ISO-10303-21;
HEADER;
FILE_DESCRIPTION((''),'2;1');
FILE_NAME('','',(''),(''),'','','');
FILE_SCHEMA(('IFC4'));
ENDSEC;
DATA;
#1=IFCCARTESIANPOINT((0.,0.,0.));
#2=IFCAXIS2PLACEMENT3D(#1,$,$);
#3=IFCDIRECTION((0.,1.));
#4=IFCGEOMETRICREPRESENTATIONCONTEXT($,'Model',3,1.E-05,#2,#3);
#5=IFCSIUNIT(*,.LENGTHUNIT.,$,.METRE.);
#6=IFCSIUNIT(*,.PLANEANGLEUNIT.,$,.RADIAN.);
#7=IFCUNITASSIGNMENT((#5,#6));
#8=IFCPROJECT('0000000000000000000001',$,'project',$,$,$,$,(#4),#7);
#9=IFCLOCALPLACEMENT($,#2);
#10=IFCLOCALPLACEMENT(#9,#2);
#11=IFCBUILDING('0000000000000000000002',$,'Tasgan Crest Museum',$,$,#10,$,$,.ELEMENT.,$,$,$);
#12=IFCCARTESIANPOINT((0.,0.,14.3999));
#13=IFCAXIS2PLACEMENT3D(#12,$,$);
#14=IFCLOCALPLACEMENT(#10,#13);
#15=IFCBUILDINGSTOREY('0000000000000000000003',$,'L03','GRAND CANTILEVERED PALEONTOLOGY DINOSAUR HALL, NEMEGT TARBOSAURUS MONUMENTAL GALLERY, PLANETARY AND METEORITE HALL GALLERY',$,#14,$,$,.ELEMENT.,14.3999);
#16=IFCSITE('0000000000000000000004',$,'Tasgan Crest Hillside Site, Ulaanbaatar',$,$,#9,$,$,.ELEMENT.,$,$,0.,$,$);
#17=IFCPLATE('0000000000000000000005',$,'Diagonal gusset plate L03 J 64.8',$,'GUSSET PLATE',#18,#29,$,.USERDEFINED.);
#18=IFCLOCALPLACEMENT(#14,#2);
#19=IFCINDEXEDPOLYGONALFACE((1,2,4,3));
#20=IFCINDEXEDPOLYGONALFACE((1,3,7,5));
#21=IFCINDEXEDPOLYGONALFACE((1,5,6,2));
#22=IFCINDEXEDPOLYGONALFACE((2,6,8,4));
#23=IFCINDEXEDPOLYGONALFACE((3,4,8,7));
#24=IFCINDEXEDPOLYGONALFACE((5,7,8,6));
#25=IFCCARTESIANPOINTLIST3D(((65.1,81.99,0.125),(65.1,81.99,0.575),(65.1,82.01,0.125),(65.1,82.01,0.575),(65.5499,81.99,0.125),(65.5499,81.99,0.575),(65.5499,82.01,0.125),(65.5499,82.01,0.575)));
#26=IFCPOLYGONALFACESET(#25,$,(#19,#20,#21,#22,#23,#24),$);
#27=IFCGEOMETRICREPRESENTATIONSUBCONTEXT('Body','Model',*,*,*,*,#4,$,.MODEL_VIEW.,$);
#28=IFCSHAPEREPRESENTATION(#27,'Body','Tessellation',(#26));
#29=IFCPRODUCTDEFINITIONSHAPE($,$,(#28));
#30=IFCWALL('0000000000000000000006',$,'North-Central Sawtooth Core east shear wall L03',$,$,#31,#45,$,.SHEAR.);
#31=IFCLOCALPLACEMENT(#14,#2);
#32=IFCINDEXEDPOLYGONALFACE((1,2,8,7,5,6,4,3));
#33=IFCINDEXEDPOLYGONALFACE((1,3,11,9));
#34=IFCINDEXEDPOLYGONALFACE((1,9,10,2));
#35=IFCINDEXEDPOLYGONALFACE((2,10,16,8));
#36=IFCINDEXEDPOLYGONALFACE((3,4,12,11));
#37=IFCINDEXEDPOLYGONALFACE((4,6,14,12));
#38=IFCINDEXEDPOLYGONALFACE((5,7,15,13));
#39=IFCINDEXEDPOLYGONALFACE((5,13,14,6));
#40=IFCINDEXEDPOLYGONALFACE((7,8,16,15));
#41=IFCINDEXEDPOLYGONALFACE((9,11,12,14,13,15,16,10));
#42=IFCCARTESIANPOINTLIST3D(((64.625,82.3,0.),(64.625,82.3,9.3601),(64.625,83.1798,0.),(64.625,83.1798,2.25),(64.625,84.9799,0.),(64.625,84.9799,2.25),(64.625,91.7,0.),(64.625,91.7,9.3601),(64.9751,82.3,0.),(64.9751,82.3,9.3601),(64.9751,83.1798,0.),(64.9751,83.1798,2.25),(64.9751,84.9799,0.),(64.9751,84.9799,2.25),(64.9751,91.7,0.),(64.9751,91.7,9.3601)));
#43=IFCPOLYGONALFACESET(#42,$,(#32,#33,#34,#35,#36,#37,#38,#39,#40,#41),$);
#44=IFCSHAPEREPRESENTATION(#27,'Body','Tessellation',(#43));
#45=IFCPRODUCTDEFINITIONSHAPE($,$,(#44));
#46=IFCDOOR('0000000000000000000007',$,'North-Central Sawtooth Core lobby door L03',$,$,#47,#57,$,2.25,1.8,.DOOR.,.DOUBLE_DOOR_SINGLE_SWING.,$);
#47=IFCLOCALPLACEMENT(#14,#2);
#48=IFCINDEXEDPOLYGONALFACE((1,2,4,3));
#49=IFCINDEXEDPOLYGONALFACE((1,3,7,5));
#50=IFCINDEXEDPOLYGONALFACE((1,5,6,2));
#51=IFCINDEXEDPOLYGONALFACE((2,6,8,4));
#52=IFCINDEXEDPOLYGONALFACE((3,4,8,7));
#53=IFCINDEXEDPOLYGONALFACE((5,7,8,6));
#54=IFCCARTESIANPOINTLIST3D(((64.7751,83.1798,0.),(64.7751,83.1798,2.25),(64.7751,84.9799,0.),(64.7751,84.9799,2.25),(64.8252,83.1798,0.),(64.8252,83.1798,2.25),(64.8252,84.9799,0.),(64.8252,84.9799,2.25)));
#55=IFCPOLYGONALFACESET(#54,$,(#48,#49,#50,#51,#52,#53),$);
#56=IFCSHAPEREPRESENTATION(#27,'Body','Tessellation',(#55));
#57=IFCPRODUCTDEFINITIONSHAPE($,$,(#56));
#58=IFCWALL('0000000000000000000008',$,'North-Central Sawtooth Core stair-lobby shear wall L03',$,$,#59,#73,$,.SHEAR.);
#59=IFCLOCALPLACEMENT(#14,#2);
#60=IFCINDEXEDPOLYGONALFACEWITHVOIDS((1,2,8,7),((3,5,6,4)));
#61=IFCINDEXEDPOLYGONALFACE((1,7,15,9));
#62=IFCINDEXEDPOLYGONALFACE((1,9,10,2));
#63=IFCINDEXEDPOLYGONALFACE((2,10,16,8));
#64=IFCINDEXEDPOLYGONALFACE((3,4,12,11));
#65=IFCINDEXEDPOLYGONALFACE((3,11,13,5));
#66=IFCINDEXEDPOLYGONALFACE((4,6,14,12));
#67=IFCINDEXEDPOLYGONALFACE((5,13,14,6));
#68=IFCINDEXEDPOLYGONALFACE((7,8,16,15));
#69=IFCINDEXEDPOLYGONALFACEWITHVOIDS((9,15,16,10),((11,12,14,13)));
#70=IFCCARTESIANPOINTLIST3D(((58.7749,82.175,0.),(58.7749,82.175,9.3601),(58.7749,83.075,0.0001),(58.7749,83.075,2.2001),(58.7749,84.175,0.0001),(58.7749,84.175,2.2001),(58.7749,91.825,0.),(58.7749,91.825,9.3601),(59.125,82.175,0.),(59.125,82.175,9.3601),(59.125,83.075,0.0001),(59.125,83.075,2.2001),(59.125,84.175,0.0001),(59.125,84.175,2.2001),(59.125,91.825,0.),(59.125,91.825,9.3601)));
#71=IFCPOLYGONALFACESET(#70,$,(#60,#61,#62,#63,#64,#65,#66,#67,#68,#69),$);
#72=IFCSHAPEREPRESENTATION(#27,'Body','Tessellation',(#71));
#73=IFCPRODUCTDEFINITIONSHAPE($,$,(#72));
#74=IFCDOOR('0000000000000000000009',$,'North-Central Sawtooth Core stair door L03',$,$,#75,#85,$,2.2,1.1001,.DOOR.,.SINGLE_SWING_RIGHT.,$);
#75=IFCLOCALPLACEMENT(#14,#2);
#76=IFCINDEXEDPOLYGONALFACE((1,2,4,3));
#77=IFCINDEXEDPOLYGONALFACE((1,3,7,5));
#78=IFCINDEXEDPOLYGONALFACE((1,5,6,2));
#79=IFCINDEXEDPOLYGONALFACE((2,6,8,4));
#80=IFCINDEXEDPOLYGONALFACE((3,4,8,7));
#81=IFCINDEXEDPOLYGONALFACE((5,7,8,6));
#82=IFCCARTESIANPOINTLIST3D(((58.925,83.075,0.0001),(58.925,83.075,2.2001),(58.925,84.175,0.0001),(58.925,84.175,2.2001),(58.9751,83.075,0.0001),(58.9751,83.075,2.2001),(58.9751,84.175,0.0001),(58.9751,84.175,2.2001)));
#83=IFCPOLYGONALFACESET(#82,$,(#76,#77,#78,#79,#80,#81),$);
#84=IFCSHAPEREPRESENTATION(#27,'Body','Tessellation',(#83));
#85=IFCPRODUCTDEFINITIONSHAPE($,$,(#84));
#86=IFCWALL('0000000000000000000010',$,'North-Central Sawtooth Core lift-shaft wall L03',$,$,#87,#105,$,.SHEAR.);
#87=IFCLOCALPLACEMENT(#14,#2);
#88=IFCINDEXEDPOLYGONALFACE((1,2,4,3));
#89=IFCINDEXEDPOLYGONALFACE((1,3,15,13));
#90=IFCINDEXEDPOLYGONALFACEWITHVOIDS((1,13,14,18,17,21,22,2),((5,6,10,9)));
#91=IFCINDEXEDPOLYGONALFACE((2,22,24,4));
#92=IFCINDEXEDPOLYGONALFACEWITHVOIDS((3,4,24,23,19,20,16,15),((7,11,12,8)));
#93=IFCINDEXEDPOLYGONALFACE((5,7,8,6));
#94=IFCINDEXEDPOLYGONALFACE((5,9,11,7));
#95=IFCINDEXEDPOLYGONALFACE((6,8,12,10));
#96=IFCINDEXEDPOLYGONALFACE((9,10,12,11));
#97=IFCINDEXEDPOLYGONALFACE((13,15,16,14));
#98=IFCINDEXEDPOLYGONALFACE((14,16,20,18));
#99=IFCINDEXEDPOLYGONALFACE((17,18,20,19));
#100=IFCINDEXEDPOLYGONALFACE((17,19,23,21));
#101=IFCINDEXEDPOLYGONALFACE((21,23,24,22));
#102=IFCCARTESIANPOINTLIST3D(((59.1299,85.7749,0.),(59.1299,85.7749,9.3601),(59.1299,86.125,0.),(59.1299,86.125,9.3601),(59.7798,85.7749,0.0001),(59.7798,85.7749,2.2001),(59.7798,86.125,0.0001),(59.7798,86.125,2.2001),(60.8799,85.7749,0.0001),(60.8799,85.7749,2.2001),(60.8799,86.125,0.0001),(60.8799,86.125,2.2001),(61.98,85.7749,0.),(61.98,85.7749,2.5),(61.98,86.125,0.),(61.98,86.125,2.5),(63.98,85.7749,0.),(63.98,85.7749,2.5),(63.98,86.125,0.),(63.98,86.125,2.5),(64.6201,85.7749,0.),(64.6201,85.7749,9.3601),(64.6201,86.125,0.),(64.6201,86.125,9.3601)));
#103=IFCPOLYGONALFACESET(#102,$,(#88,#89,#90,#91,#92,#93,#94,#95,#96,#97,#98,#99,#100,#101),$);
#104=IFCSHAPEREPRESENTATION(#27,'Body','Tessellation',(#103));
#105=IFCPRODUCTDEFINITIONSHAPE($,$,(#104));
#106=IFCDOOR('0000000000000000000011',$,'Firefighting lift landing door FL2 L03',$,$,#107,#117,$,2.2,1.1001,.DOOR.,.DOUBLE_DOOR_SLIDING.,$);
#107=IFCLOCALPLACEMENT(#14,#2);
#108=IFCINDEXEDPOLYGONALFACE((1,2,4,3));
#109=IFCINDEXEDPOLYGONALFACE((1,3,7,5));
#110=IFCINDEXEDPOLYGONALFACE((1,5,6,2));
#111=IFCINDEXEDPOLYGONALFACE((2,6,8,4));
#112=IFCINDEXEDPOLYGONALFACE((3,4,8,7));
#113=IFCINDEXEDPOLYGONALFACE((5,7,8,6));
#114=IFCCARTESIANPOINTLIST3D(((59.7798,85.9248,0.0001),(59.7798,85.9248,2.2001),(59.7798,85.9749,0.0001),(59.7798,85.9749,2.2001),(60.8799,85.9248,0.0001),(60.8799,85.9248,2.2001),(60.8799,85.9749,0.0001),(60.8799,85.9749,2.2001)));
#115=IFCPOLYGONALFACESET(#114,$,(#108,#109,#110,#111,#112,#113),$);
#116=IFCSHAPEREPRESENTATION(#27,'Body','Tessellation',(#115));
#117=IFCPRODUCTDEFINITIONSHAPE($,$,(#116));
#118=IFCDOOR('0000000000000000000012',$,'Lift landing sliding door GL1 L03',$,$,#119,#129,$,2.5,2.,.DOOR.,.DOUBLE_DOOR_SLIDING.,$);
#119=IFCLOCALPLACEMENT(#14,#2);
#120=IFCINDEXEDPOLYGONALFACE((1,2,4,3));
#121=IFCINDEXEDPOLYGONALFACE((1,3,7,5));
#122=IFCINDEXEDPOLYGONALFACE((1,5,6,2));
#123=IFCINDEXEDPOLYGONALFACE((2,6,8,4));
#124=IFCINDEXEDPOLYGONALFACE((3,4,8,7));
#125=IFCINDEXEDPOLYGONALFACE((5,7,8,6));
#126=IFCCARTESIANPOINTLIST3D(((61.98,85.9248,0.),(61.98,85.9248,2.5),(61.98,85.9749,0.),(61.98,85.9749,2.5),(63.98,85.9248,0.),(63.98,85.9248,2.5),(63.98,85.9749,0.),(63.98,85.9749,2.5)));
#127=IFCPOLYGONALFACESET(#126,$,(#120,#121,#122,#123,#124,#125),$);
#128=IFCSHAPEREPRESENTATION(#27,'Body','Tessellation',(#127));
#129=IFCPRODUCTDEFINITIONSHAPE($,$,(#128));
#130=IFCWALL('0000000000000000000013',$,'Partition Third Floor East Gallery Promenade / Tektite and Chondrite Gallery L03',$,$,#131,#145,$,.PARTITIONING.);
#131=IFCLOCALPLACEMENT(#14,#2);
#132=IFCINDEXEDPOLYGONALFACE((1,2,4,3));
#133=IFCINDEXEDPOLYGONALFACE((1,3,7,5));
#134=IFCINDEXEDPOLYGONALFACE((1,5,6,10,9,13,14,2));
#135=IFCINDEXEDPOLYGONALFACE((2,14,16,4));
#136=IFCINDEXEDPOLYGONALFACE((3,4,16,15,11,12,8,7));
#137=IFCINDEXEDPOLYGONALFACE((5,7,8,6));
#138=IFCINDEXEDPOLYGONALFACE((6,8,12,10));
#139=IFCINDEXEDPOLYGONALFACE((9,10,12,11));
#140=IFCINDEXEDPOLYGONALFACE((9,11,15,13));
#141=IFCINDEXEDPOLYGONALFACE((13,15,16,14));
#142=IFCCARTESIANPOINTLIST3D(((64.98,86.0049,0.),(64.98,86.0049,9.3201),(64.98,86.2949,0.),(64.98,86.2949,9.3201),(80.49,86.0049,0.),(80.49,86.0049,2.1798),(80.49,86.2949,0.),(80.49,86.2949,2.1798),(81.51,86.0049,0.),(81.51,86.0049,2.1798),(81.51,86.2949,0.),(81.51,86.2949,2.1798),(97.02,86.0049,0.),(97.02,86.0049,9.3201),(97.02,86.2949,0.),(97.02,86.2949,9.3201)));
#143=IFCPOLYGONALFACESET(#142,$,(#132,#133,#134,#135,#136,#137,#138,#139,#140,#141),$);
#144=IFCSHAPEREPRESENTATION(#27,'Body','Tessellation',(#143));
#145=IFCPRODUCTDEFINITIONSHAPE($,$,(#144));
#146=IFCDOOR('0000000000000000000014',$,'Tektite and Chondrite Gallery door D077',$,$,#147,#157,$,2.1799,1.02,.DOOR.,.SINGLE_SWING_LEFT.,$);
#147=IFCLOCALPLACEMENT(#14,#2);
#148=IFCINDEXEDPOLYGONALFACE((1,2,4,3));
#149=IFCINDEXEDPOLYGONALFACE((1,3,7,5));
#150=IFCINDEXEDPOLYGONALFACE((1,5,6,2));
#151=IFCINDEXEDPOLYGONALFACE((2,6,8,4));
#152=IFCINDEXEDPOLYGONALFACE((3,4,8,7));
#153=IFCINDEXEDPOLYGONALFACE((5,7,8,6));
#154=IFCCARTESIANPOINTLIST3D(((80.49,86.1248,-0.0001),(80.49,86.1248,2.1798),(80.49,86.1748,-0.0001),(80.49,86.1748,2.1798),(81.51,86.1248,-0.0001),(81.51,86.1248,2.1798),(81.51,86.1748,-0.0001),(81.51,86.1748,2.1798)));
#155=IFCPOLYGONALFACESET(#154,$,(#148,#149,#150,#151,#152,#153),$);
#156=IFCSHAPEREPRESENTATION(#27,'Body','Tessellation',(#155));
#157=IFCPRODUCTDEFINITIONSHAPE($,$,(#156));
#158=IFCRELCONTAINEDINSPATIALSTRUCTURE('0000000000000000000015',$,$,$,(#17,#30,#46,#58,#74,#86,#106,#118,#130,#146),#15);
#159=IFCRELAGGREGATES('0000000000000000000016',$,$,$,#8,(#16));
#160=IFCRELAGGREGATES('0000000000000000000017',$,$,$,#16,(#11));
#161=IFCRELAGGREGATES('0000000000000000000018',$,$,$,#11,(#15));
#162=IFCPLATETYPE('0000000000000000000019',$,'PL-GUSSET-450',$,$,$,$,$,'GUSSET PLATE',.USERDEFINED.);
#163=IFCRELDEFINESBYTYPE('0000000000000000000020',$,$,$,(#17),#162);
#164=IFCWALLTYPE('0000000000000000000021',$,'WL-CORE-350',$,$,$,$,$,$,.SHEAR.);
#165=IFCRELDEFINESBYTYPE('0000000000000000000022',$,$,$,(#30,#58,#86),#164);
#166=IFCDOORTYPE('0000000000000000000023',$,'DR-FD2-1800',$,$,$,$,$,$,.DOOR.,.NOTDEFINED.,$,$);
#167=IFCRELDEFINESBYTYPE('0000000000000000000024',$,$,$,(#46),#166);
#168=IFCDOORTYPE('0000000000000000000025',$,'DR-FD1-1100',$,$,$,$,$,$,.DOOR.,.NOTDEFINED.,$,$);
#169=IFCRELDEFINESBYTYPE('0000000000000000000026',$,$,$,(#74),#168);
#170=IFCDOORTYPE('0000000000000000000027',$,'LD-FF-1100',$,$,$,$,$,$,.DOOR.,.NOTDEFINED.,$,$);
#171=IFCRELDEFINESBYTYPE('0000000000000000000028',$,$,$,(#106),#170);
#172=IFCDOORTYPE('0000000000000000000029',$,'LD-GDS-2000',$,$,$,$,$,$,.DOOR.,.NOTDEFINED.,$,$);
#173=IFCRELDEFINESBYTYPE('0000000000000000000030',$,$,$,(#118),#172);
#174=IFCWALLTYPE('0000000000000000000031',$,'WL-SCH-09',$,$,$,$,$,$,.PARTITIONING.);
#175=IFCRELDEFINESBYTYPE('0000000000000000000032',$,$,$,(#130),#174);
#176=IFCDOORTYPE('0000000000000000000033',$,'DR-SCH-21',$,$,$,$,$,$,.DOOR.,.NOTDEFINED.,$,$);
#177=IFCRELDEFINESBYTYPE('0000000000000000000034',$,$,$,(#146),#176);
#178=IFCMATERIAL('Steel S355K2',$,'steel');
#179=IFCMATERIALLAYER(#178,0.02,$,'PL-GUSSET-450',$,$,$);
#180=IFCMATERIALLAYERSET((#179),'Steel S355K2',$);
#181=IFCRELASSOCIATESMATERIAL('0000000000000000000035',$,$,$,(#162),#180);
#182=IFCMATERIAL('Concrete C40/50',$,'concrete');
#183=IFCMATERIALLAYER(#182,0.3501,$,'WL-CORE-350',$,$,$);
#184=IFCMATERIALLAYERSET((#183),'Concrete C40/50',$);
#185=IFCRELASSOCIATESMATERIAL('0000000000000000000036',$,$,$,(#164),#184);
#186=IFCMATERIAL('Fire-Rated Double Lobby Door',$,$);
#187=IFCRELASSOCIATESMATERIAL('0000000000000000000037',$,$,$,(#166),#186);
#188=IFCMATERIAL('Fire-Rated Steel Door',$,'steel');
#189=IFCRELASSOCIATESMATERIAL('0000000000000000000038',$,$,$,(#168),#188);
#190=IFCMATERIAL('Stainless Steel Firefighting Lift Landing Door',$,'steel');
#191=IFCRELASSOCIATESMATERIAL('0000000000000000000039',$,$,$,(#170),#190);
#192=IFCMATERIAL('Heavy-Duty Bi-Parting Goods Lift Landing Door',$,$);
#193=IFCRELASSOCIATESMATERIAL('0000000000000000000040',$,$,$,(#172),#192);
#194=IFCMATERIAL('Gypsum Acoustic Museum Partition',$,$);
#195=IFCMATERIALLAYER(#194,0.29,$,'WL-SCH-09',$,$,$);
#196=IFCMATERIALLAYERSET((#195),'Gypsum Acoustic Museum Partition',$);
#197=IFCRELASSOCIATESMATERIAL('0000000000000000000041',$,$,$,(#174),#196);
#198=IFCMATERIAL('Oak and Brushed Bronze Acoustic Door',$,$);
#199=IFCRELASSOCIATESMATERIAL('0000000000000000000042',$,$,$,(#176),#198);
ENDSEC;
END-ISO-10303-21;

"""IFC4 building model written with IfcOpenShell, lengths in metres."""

from ifc_helpers import new_model, si_unit, direction, frame, frame_2d, origin, origin_2d, place, context, subcontext, project, spatial, rectangle, extrude, material, layer, layer_set, type_object, element, fill, save


model = new_model("IFC4")

# Units and contexts
model_context = context("Model", 3, precision=1e-05, world=origin(), true_north=direction((0.0, 1.0)))
body_context = subcontext(model_context, "Body", "Model", "MODEL_VIEW")
ifc_project = project(units=[si_unit("LENGTHUNIT", "METRE"), si_unit("PLANEANGLEUNIT", "RADIAN")], contexts=[model_context])

# Site, building, storey
site_placement = place(None, origin())
site = spatial("IfcSite", under=ifc_project, at=site_placement, Name="Tasgan Crest Hillside Site, Ulaanbaatar", CompositionType="ELEMENT", RefElevation=0.0)
building_placement = place(site_placement, origin())
building = spatial("IfcBuilding", under=site, at=building_placement, Name="Tasgan Crest Museum", CompositionType="ELEMENT")
storey_placement = place(building_placement, frame((0.0, 0.0, 14.3999)))
storey = spatial("IfcBuildingStorey", under=building, at=storey_placement, Name="L03", Description="GRAND CANTILEVERED PALEONTOLOGY DINOSAUR HALL, NEMEGT TARBOSAURUS MONUMENTAL GALLERY, PLANETARY AND METEORITE HALL GALLERY", CompositionType="ELEMENT", Elevation=14.3999)

# Plate
ifc_material_1 = material(Name="Steel S355K2", Category="steel")
ifc_layer_1 = layer(ifc_material_1, 0.02, Name="PL-GUSSET-450")
ifc_layer_set_1 = layer_set([ifc_layer_1], Name="Steel S355K2")
plate_type_1 = type_object("IfcPlateType", Name="PL-GUSSET-450", ElementType="GUSSET PLATE", PredefinedType="USERDEFINED", material=ifc_layer_set_1)
plate_1_placement = place(storey_placement, frame((65.325, 82.0, 0.125), z_axis=(0.0, 0.0, 1.0), x_axis=(1.0, 0.0, 0.0)))
element("IfcPlate", 1, at=plate_1_placement, inside=storey, type_object=plate_type_1, Name="Diagonal gusset plate L03 J 64.8", ObjectType="GUSSET PLATE", PredefinedType="USERDEFINED", context=body_context, shape_type="SweptSolid", body=[
    extrude(rectangle(XDim=0.45, YDim=0.02, at=origin_2d()), origin(), (0.0, 0.0, 1.0), 0.45),
])

# Walls, openings, doors
ifc_material_2 = material(Name="Concrete C40/50", Category="concrete")
ifc_layer_2 = layer(ifc_material_2, 0.3501, Name="WL-CORE-350")
ifc_layer_set_2 = layer_set([ifc_layer_2], Name="Concrete C40/50")
wall_type_1 = type_object("IfcWallType", Name="WL-CORE-350", PredefinedType="SHEAR", material=ifc_layer_set_2)
wall_1_placement = place(storey_placement, frame((64.8, 82.3, 0.0), z_axis=(0.0, 0.0, 1.0), x_axis=(0.0, 1.0, 0.0)))
wall_1 = element("IfcWall", 2, at=wall_1_placement, inside=storey, type_object=wall_type_1, Name="North-Central Sawtooth Core east shear wall L03", PredefinedType="SHEAR", context=body_context, shape_type="SweptSolid", body=[
    extrude(rectangle(XDim=9.3999, YDim=0.3501, at=frame_2d((4.7, 0.0))), origin(), (0.0, 0.0, 1.0), 9.3601),
])
opening_1_placement = place(wall_1_placement, frame((0.8799, 0.0, 0.0)))
opening_1 = element("IfcOpeningElement", 3, at=opening_1_placement, cuts=wall_1, PredefinedType="OPENING", context=body_context, shape_type="SweptSolid", body=[
    extrude(rectangle(XDim=1.8, YDim=2.25, at=frame_2d((0.8999, 1.125))), frame((0.0, 0.1851, 0.0), z_axis=(0.0, -1.0, 0.0), x_axis=(1.0, 0.0, 0.0)), (0.0, 0.0, 1.0), 0.3701),
])
ifc_material_3 = material(Name="Fire-Rated Double Lobby Door")
door_type_1 = type_object("IfcDoorType", Name="DR-FD2-1800", OperationType="NOTDEFINED", PredefinedType="DOOR", material=ifc_material_3)
door_1_placement = place(opening_1_placement, origin())
door_1 = element("IfcDoor", 4, at=door_1_placement, inside=storey, type_object=door_type_1, Name="North-Central Sawtooth Core lobby door L03", OperationType="DOUBLE_DOOR_SINGLE_SWING", OverallHeight=2.25, OverallWidth=1.8, PredefinedType="DOOR", context=body_context, shape_type="SweptSolid", body=[
    extrude(rectangle(XDim=1.8, YDim=2.25, at=frame_2d((0.8999, 1.125))), frame((0.0, 0.0249, 0.0), z_axis=(0.0, -1.0, 0.0), x_axis=(1.0, 0.0, 0.0)), (0.0, 0.0, 1.0), 0.05),
])
fill(opening_1, door_1)
wall_2_placement = place(storey_placement, frame((58.95, 82.175, 0.0), z_axis=(0.0, 0.0, 1.0), x_axis=(0.0, 1.0, 0.0)))
wall_2 = element("IfcWall", 5, at=wall_2_placement, inside=storey, type_object=wall_type_1, Name="North-Central Sawtooth Core stair-lobby shear wall L03", PredefinedType="SHEAR", context=body_context, shape_type="SweptSolid", body=[
    extrude(rectangle(XDim=9.6499, YDim=0.3501, at=frame_2d((4.825, 0.0))), origin(), (0.0, 0.0, 1.0), 9.3601),
])
opening_2_placement = place(wall_2_placement, frame((0.8999, 0.0, 0.0)))
opening_2 = element("IfcOpeningElement", 6, at=opening_2_placement, cuts=wall_2, PredefinedType="OPENING", context=body_context, shape_type="SweptSolid", body=[
    extrude(rectangle(XDim=1.1001, YDim=2.2, at=frame_2d((0.55, 1.1001))), frame((0.0, 0.1851, 0.0), z_axis=(0.0, -1.0, 0.0), x_axis=(1.0, 0.0, 0.0)), (0.0, 0.0, 1.0), 0.3701),
])
ifc_material_4 = material(Name="Fire-Rated Steel Door", Category="steel")
door_type_2 = type_object("IfcDoorType", Name="DR-FD1-1100", OperationType="NOTDEFINED", PredefinedType="DOOR", material=ifc_material_4)
door_2_placement = place(opening_2_placement, origin())
door_2 = element("IfcDoor", 7, at=door_2_placement, inside=storey, type_object=door_type_2, Name="North-Central Sawtooth Core stair door L03", OperationType="SINGLE_SWING_RIGHT", OverallHeight=2.2, OverallWidth=1.1001, PredefinedType="DOOR", context=body_context, shape_type="SweptSolid", body=[
    extrude(rectangle(XDim=1.1001, YDim=2.2, at=frame_2d((0.55, 1.1001))), frame((0.0, 0.0249, 0.0), z_axis=(0.0, -1.0, 0.0), x_axis=(1.0, 0.0, 0.0)), (0.0, 0.0, 1.0), 0.05),
])
fill(opening_2, door_2)

# Wall, openings, doors
wall_3_placement = place(storey_placement, frame((59.1299, 85.95, 0.0), z_axis=(0.0, 0.0, 1.0), x_axis=(1.0, 0.0, 0.0)))
wall_3 = element("IfcWall", 8, at=wall_3_placement, inside=storey, type_object=wall_type_1, Name="North-Central Sawtooth Core lift-shaft wall L03", PredefinedType="SHEAR", context=body_context, shape_type="SweptSolid", body=[
    extrude(rectangle(XDim=5.4902, YDim=0.3501, at=frame_2d((2.7451, 0.0))), origin(), (0.0, 0.0, 1.0), 9.3601),
])
opening_3_placement = place(wall_3_placement, frame((0.6499, 0.0, 0.0)))
opening_3 = element("IfcOpeningElement", 9, at=opening_3_placement, cuts=wall_3, PredefinedType="OPENING", context=body_context, shape_type="SweptSolid", body=[
    extrude(rectangle(XDim=1.1001, YDim=2.2, at=frame_2d((0.55, 1.1001))), frame((0.0, 0.1851, 0.0), z_axis=(0.0, -1.0, 0.0), x_axis=(1.0, 0.0, 0.0)), (0.0, 0.0, 1.0), 0.3701),
])
opening_4_placement = place(wall_3_placement, frame((2.8501, 0.0, 0.0)))
opening_4 = element("IfcOpeningElement", 10, at=opening_4_placement, cuts=wall_3, PredefinedType="OPENING", context=body_context, shape_type="SweptSolid", body=[
    extrude(rectangle(XDim=2.0, YDim=2.5, at=frame_2d((1.0, 1.25))), frame((0.0, 0.1851, 0.0), z_axis=(0.0, -1.0, 0.0), x_axis=(1.0, 0.0, 0.0)), (0.0, 0.0, 1.0), 0.3701),
])
ifc_material_5 = material(Name="Stainless Steel Firefighting Lift Landing Door", Category="steel")
door_type_3 = type_object("IfcDoorType", Name="LD-FF-1100", OperationType="NOTDEFINED", PredefinedType="DOOR", material=ifc_material_5)
door_3_placement = place(opening_3_placement, origin())
door_3 = element("IfcDoor", 11, at=door_3_placement, inside=storey, type_object=door_type_3, Name="Firefighting lift landing door FL2 L03", OperationType="DOUBLE_DOOR_SLIDING", OverallHeight=2.2, OverallWidth=1.1001, PredefinedType="DOOR", context=body_context, shape_type="SweptSolid", body=[
    extrude(rectangle(XDim=1.1001, YDim=2.2, at=frame_2d((0.55, 1.1001))), frame((0.0, 0.0249, 0.0), z_axis=(0.0, -1.0, 0.0), x_axis=(1.0, 0.0, 0.0)), (0.0, 0.0, 1.0), 0.05),
])
fill(opening_3, door_3)
ifc_material_6 = material(Name="Heavy-Duty Bi-Parting Goods Lift Landing Door")
door_type_4 = type_object("IfcDoorType", Name="LD-GDS-2000", OperationType="NOTDEFINED", PredefinedType="DOOR", material=ifc_material_6)
door_4_placement = place(opening_4_placement, origin())
door_4 = element("IfcDoor", 12, at=door_4_placement, inside=storey, type_object=door_type_4, Name="Lift landing sliding door GL1 L03", OperationType="DOUBLE_DOOR_SLIDING", OverallHeight=2.5, OverallWidth=2.0, PredefinedType="DOOR", context=body_context, shape_type="SweptSolid", body=[
    extrude(rectangle(XDim=2.0, YDim=2.5, at=frame_2d((1.0, 1.25))), frame((0.0, 0.0249, 0.0), z_axis=(0.0, -1.0, 0.0), x_axis=(1.0, 0.0, 0.0)), (0.0, 0.0, 1.0), 0.05),
])
fill(opening_4, door_4)

# Wall, opening, door
ifc_material_7 = material(Name="Gypsum Acoustic Museum Partition")
ifc_layer_3 = layer(ifc_material_7, 0.29, Name="WL-SCH-09")
ifc_layer_set_3 = layer_set([ifc_layer_3], Name="Gypsum Acoustic Museum Partition")
wall_type_2 = type_object("IfcWallType", Name="WL-SCH-09", PredefinedType="PARTITIONING", material=ifc_layer_set_3)
wall_4_placement = place(storey_placement, frame((64.98, 86.1499, 0.0), z_axis=(0.0, 0.0, 1.0), x_axis=(1.0, 0.0, 0.0)))
wall_4 = element("IfcWall", 13, at=wall_4_placement, inside=storey, type_object=wall_type_2, Name="Partition Third Floor East Gallery Promenade / Tektite and Chondrite Gallery L03", PredefinedType="PARTITIONING", context=body_context, shape_type="SweptSolid", body=[
    extrude(rectangle(XDim=32.04, YDim=0.29, at=frame_2d((16.02, 0.0))), origin(), (0.0, 0.0, 1.0), 9.3201),
])
opening_5_placement = place(wall_4_placement, frame((15.51, 0.0, 0.0)))
opening_5 = element("IfcOpeningElement", 14, at=opening_5_placement, cuts=wall_4, PredefinedType="OPENING", context=body_context, shape_type="SweptSolid", body=[
    extrude(rectangle(XDim=1.02, YDim=2.1799, at=frame_2d((0.51, 1.0898))), frame((0.0, 0.155, 0.0), z_axis=(0.0, -1.0, 0.0), x_axis=(1.0, 0.0, 0.0)), (0.0, 0.0, 1.0), 0.3101),
])
ifc_material_8 = material(Name="Oak and Brushed Bronze Acoustic Door")
door_type_5 = type_object("IfcDoorType", Name="DR-SCH-21", OperationType="NOTDEFINED", PredefinedType="DOOR", material=ifc_material_8)
door_5_placement = place(opening_5_placement, origin())
door_5 = element("IfcDoor", 15, at=door_5_placement, inside=storey, type_object=door_type_5, Name="Tektite and Chondrite Gallery door D077", OperationType="SINGLE_SWING_LEFT", OverallHeight=2.1799, OverallWidth=1.02, PredefinedType="DOOR", context=body_context, shape_type="SweptSolid", body=[
    extrude(rectangle(XDim=1.02, YDim=2.1799, at=frame_2d((0.51, 1.0898))), frame((0.0, 0.0249, 0.0), z_axis=(0.0, -1.0, 0.0), x_axis=(1.0, 0.0, 0.0)), (0.0, 0.0, 1.0), 0.05),
])
fill(opening_5, door_5)

save(model, "model.ifc")
